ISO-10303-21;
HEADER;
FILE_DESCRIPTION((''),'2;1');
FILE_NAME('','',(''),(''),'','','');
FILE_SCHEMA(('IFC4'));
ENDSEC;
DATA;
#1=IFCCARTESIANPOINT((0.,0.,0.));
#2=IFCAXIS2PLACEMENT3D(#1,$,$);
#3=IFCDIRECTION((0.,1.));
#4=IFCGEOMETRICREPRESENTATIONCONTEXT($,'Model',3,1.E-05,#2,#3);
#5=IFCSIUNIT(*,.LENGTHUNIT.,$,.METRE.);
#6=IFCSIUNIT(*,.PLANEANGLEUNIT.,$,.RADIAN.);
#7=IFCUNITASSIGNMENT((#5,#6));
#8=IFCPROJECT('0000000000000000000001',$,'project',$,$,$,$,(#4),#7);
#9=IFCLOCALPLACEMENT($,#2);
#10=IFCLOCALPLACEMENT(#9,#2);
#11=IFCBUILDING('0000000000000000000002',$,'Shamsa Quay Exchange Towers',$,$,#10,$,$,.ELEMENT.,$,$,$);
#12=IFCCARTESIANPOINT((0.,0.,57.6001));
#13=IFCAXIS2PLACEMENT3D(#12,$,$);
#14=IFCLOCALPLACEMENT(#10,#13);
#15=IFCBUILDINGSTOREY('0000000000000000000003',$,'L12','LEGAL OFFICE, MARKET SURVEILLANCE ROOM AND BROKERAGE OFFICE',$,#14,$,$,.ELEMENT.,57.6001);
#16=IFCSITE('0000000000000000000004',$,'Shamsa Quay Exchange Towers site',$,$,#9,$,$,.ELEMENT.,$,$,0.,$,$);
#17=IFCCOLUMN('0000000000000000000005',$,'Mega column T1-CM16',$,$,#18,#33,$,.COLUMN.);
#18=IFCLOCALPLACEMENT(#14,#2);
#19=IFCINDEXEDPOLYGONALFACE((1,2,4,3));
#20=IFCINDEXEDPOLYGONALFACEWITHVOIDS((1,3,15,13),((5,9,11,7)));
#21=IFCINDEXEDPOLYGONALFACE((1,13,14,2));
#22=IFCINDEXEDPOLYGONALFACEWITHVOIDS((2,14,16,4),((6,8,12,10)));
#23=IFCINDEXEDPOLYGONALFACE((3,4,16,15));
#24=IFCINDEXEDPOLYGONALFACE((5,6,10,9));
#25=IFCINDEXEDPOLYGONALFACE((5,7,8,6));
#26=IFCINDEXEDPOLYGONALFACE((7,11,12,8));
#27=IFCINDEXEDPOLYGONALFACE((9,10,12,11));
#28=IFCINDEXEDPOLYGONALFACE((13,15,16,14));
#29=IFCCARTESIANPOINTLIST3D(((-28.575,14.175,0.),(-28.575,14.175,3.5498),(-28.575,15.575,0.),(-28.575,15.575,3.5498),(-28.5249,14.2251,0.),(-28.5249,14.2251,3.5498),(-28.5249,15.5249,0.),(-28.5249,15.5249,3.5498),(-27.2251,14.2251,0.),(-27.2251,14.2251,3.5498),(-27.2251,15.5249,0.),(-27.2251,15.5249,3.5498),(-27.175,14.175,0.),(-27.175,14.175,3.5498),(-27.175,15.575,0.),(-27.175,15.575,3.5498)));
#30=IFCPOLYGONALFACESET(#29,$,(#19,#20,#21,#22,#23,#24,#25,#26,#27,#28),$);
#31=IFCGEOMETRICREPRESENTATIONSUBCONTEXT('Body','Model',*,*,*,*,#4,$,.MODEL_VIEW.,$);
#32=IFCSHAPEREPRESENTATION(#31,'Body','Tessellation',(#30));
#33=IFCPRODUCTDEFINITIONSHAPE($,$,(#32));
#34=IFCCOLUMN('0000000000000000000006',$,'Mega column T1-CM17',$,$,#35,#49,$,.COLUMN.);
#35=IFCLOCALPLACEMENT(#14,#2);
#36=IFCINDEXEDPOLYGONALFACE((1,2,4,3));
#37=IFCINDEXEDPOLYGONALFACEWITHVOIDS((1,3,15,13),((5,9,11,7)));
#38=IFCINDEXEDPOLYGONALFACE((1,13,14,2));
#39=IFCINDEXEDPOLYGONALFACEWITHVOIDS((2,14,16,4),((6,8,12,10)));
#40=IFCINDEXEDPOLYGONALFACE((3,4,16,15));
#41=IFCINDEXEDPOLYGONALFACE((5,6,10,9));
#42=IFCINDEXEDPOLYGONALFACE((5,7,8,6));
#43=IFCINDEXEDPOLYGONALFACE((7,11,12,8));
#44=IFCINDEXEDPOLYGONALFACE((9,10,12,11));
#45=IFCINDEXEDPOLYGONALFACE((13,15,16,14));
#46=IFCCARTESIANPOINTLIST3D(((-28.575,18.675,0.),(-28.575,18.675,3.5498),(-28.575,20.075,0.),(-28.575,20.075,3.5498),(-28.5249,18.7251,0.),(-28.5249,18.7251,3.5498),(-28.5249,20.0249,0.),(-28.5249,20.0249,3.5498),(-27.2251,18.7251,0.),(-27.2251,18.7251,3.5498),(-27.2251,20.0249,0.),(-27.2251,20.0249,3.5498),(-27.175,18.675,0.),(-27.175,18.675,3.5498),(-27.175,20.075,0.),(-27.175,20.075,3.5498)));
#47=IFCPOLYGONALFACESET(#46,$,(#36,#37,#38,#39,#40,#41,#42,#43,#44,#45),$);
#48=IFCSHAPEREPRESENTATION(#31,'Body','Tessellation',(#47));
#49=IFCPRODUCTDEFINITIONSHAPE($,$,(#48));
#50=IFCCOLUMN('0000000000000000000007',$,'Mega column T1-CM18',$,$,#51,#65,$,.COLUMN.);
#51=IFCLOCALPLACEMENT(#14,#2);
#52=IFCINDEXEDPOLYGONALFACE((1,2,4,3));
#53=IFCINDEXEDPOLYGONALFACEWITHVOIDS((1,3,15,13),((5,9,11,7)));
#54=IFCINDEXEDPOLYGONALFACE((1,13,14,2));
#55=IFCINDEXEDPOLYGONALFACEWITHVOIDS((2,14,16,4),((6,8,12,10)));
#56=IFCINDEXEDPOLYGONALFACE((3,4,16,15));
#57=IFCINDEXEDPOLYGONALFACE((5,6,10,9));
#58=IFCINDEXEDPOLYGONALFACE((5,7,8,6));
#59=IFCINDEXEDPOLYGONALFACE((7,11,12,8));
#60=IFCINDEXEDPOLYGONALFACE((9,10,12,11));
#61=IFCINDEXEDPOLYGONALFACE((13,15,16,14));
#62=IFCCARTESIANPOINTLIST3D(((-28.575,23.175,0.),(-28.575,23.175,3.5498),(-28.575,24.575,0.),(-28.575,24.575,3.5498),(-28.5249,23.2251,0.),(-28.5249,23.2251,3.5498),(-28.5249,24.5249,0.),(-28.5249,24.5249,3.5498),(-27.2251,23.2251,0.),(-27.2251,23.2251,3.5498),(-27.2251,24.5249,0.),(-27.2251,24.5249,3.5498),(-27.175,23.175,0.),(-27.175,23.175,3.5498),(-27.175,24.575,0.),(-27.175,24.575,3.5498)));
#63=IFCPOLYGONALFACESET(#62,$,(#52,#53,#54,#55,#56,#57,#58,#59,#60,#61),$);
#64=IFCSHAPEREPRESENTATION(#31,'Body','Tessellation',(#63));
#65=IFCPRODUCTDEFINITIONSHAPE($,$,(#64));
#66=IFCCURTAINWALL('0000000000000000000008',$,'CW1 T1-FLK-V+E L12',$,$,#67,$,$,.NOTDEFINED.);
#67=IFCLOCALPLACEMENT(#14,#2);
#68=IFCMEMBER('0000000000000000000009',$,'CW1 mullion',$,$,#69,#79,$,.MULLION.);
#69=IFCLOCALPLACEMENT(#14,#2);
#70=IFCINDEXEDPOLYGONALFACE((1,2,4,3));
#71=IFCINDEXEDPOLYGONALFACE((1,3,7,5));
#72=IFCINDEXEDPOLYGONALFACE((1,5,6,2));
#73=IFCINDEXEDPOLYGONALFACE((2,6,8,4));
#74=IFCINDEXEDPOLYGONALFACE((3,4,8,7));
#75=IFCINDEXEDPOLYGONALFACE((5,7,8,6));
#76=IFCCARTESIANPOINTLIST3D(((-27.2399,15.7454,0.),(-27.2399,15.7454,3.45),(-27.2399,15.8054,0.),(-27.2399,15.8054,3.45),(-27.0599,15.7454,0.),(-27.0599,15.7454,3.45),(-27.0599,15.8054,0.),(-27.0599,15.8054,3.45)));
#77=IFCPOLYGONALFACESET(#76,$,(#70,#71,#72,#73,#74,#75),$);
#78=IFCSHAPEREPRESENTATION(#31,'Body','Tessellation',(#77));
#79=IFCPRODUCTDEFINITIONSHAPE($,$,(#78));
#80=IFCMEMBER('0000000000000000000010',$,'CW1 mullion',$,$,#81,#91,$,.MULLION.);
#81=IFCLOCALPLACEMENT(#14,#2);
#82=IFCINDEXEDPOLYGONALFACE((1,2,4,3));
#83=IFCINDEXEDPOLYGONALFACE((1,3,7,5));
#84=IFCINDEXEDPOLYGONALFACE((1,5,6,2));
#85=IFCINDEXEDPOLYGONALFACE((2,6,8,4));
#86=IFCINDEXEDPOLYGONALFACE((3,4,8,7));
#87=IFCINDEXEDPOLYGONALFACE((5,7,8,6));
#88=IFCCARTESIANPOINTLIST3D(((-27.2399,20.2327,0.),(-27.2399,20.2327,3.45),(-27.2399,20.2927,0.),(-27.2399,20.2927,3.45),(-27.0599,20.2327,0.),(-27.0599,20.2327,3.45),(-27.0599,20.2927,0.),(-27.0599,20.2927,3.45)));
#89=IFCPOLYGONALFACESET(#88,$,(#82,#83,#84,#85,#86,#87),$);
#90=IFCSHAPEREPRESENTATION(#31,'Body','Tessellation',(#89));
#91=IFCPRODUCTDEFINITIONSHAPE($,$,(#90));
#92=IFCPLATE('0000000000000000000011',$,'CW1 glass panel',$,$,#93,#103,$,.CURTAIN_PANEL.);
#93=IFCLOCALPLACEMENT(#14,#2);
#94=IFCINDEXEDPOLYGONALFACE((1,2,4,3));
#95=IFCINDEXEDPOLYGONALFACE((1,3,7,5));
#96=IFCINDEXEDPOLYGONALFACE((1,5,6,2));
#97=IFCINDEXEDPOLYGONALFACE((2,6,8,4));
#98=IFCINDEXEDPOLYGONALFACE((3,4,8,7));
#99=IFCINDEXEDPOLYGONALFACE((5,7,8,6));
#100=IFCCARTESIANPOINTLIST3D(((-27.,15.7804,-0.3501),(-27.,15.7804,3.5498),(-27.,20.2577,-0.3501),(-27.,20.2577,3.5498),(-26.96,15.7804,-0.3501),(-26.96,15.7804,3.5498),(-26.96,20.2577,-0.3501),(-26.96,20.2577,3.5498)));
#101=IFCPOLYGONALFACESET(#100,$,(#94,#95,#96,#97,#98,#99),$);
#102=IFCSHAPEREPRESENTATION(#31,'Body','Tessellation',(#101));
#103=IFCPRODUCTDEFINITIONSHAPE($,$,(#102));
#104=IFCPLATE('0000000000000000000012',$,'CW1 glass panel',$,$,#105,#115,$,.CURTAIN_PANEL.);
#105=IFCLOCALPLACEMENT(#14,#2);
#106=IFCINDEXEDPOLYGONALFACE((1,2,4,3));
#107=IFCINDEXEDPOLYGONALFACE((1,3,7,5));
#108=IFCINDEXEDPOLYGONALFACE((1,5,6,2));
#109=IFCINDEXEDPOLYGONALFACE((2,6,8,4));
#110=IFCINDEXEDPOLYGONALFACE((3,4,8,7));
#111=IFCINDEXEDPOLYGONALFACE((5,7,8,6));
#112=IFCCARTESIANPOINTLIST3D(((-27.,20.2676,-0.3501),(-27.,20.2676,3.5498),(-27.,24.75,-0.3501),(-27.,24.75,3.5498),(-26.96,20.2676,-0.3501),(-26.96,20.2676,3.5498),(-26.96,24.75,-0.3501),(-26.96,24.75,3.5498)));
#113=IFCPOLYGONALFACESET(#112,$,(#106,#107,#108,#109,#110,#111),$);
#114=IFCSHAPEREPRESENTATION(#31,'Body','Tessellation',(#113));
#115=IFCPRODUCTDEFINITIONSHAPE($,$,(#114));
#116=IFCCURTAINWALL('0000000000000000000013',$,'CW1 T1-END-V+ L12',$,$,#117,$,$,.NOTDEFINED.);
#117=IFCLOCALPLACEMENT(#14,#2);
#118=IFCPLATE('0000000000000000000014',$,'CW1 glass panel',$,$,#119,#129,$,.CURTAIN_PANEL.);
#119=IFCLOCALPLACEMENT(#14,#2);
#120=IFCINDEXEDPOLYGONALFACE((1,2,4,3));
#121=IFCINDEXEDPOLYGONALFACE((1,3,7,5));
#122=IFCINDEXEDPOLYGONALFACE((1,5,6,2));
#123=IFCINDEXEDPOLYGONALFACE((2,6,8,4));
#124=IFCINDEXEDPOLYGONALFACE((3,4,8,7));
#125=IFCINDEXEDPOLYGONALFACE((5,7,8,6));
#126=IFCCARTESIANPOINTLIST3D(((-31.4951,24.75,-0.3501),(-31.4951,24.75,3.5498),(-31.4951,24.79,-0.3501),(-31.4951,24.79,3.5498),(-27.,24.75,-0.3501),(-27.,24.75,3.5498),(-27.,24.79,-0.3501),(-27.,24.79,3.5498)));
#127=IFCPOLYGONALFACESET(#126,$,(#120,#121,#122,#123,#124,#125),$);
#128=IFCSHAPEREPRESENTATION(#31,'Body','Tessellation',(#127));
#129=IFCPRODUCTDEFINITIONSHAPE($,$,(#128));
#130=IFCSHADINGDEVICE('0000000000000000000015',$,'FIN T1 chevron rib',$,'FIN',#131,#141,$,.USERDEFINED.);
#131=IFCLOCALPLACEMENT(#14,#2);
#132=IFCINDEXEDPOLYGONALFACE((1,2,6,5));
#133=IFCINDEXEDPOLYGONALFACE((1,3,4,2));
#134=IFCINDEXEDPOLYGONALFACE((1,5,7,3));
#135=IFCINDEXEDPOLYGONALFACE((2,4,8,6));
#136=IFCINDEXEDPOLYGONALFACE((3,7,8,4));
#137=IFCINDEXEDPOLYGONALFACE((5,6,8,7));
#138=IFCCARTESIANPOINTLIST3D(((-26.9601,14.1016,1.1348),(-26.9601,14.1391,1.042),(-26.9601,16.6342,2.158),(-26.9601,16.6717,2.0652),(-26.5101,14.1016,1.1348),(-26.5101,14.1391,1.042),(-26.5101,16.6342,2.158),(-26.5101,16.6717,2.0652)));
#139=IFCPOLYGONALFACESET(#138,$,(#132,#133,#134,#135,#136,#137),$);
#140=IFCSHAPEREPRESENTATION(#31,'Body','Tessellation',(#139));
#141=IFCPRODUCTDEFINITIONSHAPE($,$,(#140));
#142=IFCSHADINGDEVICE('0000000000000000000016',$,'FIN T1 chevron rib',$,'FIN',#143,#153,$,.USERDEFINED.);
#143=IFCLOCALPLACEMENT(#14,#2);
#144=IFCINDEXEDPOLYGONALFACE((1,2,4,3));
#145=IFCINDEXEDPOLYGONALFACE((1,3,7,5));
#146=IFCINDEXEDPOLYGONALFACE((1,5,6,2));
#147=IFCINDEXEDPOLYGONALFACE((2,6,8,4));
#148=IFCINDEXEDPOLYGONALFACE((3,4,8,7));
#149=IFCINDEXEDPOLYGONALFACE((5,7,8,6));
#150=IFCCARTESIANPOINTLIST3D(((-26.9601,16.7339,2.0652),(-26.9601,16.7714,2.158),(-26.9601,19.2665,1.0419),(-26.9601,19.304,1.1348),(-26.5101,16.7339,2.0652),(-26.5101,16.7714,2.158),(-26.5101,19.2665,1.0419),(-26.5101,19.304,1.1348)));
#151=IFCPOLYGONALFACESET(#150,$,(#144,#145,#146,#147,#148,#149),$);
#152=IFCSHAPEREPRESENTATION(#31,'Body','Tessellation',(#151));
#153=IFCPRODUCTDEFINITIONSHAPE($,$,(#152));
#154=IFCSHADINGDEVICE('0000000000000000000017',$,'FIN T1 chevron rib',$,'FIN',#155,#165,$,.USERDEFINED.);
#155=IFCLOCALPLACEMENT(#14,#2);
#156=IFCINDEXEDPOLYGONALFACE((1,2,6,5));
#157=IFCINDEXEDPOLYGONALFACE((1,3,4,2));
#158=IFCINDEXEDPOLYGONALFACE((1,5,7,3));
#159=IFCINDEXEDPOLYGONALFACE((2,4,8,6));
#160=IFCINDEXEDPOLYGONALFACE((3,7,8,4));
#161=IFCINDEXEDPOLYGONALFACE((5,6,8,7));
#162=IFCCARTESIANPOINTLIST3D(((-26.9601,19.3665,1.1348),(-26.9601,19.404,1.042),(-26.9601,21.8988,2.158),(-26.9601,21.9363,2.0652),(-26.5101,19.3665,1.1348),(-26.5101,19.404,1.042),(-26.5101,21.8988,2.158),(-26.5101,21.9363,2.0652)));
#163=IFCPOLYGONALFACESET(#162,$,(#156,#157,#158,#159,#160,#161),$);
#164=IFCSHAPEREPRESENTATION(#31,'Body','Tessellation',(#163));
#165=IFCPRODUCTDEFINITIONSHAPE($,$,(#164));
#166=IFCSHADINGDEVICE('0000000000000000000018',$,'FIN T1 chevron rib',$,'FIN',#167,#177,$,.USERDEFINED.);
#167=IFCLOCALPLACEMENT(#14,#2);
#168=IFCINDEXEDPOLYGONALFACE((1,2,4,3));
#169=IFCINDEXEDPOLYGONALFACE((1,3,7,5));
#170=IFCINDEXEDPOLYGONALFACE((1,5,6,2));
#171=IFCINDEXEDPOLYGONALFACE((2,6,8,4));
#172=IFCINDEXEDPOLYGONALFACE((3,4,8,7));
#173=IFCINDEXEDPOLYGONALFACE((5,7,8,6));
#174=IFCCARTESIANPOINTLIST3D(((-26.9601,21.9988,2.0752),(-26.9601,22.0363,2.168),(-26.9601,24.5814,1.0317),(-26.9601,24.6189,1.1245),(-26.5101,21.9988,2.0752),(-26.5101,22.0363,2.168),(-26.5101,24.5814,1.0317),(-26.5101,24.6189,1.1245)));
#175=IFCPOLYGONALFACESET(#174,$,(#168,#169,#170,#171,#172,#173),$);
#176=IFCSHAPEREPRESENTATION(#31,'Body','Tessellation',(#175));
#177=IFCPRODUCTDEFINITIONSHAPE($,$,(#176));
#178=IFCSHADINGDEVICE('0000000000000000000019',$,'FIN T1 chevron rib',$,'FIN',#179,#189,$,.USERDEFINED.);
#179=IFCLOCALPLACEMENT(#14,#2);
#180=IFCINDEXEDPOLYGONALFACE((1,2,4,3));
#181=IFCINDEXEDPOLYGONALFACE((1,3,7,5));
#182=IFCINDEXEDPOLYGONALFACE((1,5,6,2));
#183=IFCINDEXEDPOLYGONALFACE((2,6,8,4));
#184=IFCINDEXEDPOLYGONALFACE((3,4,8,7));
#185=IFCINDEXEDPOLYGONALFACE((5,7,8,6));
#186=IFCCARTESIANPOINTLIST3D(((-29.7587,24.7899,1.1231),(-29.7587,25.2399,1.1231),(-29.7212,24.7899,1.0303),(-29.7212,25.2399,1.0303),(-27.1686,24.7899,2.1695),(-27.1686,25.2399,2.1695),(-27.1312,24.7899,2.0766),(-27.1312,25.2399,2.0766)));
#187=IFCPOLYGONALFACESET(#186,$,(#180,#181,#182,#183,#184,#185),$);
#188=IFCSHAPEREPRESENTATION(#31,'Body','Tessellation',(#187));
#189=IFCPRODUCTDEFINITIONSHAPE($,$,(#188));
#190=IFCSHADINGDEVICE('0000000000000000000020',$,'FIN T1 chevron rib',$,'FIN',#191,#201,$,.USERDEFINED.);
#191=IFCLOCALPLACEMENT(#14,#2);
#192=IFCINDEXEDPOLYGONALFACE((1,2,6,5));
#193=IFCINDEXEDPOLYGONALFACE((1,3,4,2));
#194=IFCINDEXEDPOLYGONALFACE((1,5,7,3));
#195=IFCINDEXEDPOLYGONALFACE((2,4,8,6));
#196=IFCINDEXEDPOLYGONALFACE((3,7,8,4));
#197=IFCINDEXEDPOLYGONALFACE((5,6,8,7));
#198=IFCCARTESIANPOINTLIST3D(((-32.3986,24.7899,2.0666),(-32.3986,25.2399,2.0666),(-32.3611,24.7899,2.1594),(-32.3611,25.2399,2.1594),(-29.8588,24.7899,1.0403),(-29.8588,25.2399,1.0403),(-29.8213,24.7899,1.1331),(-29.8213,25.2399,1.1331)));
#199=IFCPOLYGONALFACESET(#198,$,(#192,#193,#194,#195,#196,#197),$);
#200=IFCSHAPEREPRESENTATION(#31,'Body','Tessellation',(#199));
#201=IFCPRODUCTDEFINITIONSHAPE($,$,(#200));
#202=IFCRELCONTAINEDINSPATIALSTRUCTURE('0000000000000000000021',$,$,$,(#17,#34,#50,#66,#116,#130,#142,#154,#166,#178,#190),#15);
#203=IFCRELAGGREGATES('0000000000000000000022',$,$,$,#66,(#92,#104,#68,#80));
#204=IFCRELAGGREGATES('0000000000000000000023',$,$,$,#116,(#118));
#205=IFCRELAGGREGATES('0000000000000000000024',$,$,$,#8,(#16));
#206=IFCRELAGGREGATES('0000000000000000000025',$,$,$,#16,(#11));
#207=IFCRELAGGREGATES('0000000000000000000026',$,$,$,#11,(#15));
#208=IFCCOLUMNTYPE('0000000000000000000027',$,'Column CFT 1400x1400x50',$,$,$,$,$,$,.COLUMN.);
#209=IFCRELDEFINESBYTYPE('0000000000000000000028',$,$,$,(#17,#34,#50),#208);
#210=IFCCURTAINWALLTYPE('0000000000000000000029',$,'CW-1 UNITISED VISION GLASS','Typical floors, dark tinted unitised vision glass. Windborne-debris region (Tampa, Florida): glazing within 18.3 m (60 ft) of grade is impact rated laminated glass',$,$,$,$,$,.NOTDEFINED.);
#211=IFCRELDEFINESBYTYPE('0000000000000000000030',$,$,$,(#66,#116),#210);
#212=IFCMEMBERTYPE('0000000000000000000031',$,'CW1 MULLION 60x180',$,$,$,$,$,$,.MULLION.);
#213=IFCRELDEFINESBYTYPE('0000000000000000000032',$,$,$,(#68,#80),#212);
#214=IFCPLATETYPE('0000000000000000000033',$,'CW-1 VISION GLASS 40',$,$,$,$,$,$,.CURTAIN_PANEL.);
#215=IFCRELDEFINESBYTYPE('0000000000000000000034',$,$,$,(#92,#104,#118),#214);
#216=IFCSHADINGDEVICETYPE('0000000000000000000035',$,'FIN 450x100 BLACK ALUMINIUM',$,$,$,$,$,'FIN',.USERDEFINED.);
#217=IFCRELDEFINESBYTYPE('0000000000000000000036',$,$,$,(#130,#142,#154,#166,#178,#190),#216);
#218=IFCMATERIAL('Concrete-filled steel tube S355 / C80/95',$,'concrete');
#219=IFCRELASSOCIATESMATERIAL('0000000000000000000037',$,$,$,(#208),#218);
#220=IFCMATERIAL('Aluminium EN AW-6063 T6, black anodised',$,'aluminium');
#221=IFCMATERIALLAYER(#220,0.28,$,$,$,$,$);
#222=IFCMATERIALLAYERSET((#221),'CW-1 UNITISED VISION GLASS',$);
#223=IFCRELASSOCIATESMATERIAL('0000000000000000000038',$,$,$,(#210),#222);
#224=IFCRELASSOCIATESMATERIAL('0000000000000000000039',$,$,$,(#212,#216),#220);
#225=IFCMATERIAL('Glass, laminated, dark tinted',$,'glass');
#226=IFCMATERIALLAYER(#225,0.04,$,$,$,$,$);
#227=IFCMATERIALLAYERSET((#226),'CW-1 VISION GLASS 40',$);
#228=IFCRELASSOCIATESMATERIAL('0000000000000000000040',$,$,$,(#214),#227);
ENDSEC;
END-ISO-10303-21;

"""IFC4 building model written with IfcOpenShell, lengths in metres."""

from ifc_helpers import new_model, si_unit, direction, frame, origin, origin_2d, place, context, subcontext, project, spatial, rectangle, hollow_rectangle, extrude, material, layer, layer_set, material_profile, profile_set, type_object, element, aggregate, save


model = new_model("IFC4")

# Units and contexts
model_context = context("Model", 3, precision=1e-05, world=origin(), true_north=direction((0.0, 1.0)))
body_context = subcontext(model_context, "Body", "Model", "MODEL_VIEW")
ifc_project = project(units=[si_unit("LENGTHUNIT", "METRE"), si_unit("PLANEANGLEUNIT", "RADIAN")], contexts=[model_context])

# Site, building, storey
site_placement = place(None, origin())
site = spatial("IfcSite", under=ifc_project, at=site_placement, Name="Shamsa Quay Exchange Towers site", CompositionType="ELEMENT", RefElevation=0.0)
building_placement = place(site_placement, origin())
building = spatial("IfcBuilding", under=site, at=building_placement, Name="Shamsa Quay Exchange Towers", CompositionType="ELEMENT")
storey_placement = place(building_placement, frame((0.0, 0.0, 57.6001)))
storey = spatial("IfcBuildingStorey", under=building, at=storey_placement, Name="L12", Description="LEGAL OFFICE, MARKET SURVEILLANCE ROOM AND BROKERAGE OFFICE", CompositionType="ELEMENT", Elevation=57.6001)

# Columns
ifc_material_1 = material(Name="Concrete-filled steel tube S355 / C80/95", Category="concrete")
ifc_material_profile_1 = material_profile(ifc_material_1, hollow_rectangle(XDim=1.3999, YDim=1.3999, WallThickness=0.05, at=origin_2d()), Name="CFT 1400x1400x50")
ifc_profile_set_1 = profile_set([ifc_material_profile_1], Name="Concrete-filled steel tube S355 / C80/95")
column_type = type_object("IfcColumnType", Name="Column CFT 1400x1400x50", PredefinedType="COLUMN", material=ifc_profile_set_1)
for number, where, name in (
    (1, (-27.875, 14.875, 0.0), "Mega column T1-CM16"),
    (2, (-27.875, 19.375, 0.0), "Mega column T1-CM17"),
    (3, (-27.875, 23.875, 0.0), "Mega column T1-CM18"),
):
    element("IfcColumn", number, at=place(storey_placement, frame(where)), inside=storey, type_object=column_type, Name=name, PredefinedType="COLUMN", context=body_context, shape_type="SweptSolid", body=[
        extrude(hollow_rectangle(XDim=1.3999, YDim=1.3999, WallThickness=0.05, at=origin_2d()), origin(), (0.0, 0.0, 1.0), 3.5498),
    ])

# Curtain wall, members, plates
ifc_material_2 = material(Name="Aluminium EN AW-6063 T6, black anodised", Category="aluminium")
ifc_layer_1 = layer(ifc_material_2, 0.28)
ifc_layer_set_1 = layer_set([ifc_layer_1], Name="CW-1 UNITISED VISION GLASS")
curtain_wall_type = type_object("IfcCurtainWallType", Name="CW-1 UNITISED VISION GLASS", Description="Typical floors, dark tinted unitised vision glass. Windborne-debris region (Tampa, Florida): glazing within 18.3 m (60 ft) of grade is impact rated laminated glass", PredefinedType="NOTDEFINED", material=ifc_layer_set_1)
curtain_wall_1_placement = place(storey_placement, origin())
curtain_wall_1 = element("IfcCurtainWall", 4, at=curtain_wall_1_placement, inside=storey, type_object=curtain_wall_type, Name="CW1 T1-FLK-V+E L12", PredefinedType="NOTDEFINED")
ifc_material_profile_2 = material_profile(ifc_material_2, rectangle(XDim=0.1799, YDim=0.0601, at=origin_2d()), Name="MU60x180")
ifc_profile_set_2 = profile_set([ifc_material_profile_2], Name="Aluminium EN AW-6063 T6, black anodised")
member_type = type_object("IfcMemberType", Name="CW1 MULLION 60x180", PredefinedType="MULLION", material=ifc_profile_set_2)
member_1_placement = place(storey_placement, frame((-27.1499, 15.7754, 0.0), z_axis=(0.0, 0.0, 1.0), x_axis=(-1.0, 0.0, 0.0)))
member_1 = element("IfcMember", 5, at=member_1_placement, type_object=member_type, Name="CW1 mullion", PredefinedType="MULLION", context=body_context, shape_type="SweptSolid", body=[
    extrude(rectangle(XDim=0.1799, YDim=0.0601, at=origin_2d()), origin(), (0.0, 0.0, 1.0), 3.45),
])
member_2_placement = place(storey_placement, frame((-27.1499, 20.2627, 0.0), z_axis=(0.0, 0.0, 1.0), x_axis=(-1.0, 0.0, 0.0)))
member_2 = element("IfcMember", 6, at=member_2_placement, type_object=member_type, Name="CW1 mullion", PredefinedType="MULLION", context=body_context, shape_type="SweptSolid", body=[
    extrude(rectangle(XDim=0.1799, YDim=0.0601, at=origin_2d()), origin(), (0.0, 0.0, 1.0), 3.45),
])
ifc_material_3 = material(Name="Glass, laminated, dark tinted", Category="glass")
ifc_layer_2 = layer(ifc_material_3, 0.04)
ifc_layer_set_2 = layer_set([ifc_layer_2], Name="CW-1 VISION GLASS 40")
plate_type = type_object("IfcPlateType", Name="CW-1 VISION GLASS 40", PredefinedType="CURTAIN_PANEL", material=ifc_layer_set_2)
plate_1_placement = place(storey_placement, frame((-26.98, 18.019, -0.3501), z_axis=(0.0, 0.0, 1.0), x_axis=(0.0, 1.0, 0.0)))
plate_1 = element("IfcPlate", 7, at=plate_1_placement, type_object=plate_type, Name="CW1 glass panel", PredefinedType="CURTAIN_PANEL", context=body_context, shape_type="SweptSolid", body=[
    extrude(rectangle(XDim=4.4773, YDim=0.04, at=origin_2d()), origin(), (0.0, 0.0, 1.0), 3.8999),
])
plate_2_placement = place(storey_placement, frame((-26.98, 22.5088, -0.3501), z_axis=(0.0, 0.0, 1.0), x_axis=(0.0, 1.0, 0.0)))
plate_2 = element("IfcPlate", 8, at=plate_2_placement, type_object=plate_type, Name="CW1 glass panel", PredefinedType="CURTAIN_PANEL", context=body_context, shape_type="SweptSolid", body=[
    extrude(rectangle(XDim=4.4824, YDim=0.04, at=origin_2d()), origin(), (0.0, 0.0, 1.0), 3.8999),
])
aggregate(curtain_wall_1, [plate_1, plate_2, member_1, member_2])

# Curtain wall, plate
curtain_wall_2_placement = place(storey_placement, origin())
curtain_wall_2 = element("IfcCurtainWall", 9, at=curtain_wall_2_placement, inside=storey, type_object=curtain_wall_type, Name="CW1 T1-END-V+ L12", PredefinedType="NOTDEFINED")
plate_3_placement = place(storey_placement, frame((-29.2476, 24.77, -0.3501), z_axis=(0.0, 0.0, 1.0), x_axis=(-1.0, 0.0, 0.0)))
plate_3 = element("IfcPlate", 10, at=plate_3_placement, type_object=plate_type, Name="CW1 glass panel", PredefinedType="CURTAIN_PANEL", context=body_context, shape_type="SweptSolid", body=[
    extrude(rectangle(XDim=4.4951, YDim=0.04, at=origin_2d()), origin(), (0.0, 0.0, 1.0), 3.8999),
])
aggregate(curtain_wall_2, [plate_3])

# Shading devices
ifc_material_profile_3 = material_profile(ifc_material_2, rectangle(XDim=0.45, YDim=0.1001, at=origin_2d()), Name="FIN450x100")
ifc_profile_set_3 = profile_set([ifc_material_profile_3], Name="Aluminium EN AW-6063 T6, black anodised")
shading_device_type = type_object("IfcShadingDeviceType", Name="FIN 450x100 BLACK ALUMINIUM", ElementType="FIN", PredefinedType="USERDEFINED", material=ifc_profile_set_3)
for number, where, z_axis, x_axis, name in (
    (11, (-26.7351, 14.1204, 1.0884), (0.0, 0.927183, 0.374609), (-1.0, 0.0, 0.0), "FIN T1 chevron rib"),
    (12, (-26.7351, 16.7527, 2.1116), (0.0, 0.927183, -0.374609), (-1.0, 0.0, 0.0), "FIN T1 chevron rib"),
):
    element("IfcShadingDevice", number, at=place(storey_placement, frame(where, z_axis=z_axis, x_axis=x_axis)), inside=storey, type_object=shading_device_type, Name=name, ObjectType="FIN", PredefinedType="USERDEFINED", context=body_context, shape_type="SweptSolid", body=[
        extrude(rectangle(XDim=0.45, YDim=0.1001, at=origin_2d()), origin(), (0.0, 0.0, 1.0), 2.7314),
    ])
shading_device_1_placement = place(storey_placement, frame((-26.7351, 19.3853, 1.0884), z_axis=(0.0, 0.92717, 0.37464), x_axis=(-1.0, 0.0, 0.0)))
element("IfcShadingDevice", 13, at=shading_device_1_placement, inside=storey, type_object=shading_device_type, Name="FIN T1 chevron rib", ObjectType="FIN", PredefinedType="USERDEFINED", context=body_context, shape_type="SweptSolid", body=[
    extrude(rectangle(XDim=0.45, YDim=0.1001, at=origin_2d()), origin(), (0.0, 0.0, 1.0), 2.7312),
])
shading_device_2_placement = place(storey_placement, frame((-26.7351, 22.0176, 2.1216), z_axis=(0.0, 0.927177, -0.374622), x_axis=(-1.0, 0.0, 0.0)))
element("IfcShadingDevice", 14, at=shading_device_2_placement, inside=storey, type_object=shading_device_type, Name="FIN T1 chevron rib", ObjectType="FIN", PredefinedType="USERDEFINED", context=body_context, shape_type="SweptSolid", body=[
    extrude(rectangle(XDim=0.45, YDim=0.1001, at=origin_2d()), origin(), (0.0, 0.0, 1.0), 2.7854),
])
shading_device_3_placement = place(storey_placement, frame((-27.1499, 25.0149, 2.123), z_axis=(-0.927193, 0.0, -0.374583), x_axis=(0.0, -1.0, 0.0)))
element("IfcShadingDevice", 15, at=shading_device_3_placement, inside=storey, type_object=shading_device_type, Name="FIN T1 chevron rib", ObjectType="FIN", PredefinedType="USERDEFINED", context=body_context, shape_type="SweptSolid", body=[
    extrude(rectangle(XDim=0.45, YDim=0.1001, at=origin_2d()), origin(), (0.0, 0.0, 1.0), 2.7935),
])
shading_device_4_placement = place(storey_placement, frame((-29.8401, 25.0149, 1.0867), z_axis=(-0.927156, 0.0, 0.374677), x_axis=(0.0, -1.0, 0.0)))
element("IfcShadingDevice", 16, at=shading_device_4_placement, inside=storey, type_object=shading_device_type, Name="FIN T1 chevron rib", ObjectType="FIN", PredefinedType="USERDEFINED", context=body_context, shape_type="SweptSolid", body=[
    extrude(rectangle(XDim=0.45, YDim=0.1001, at=origin_2d()), origin(), (0.0, 0.0, 1.0), 2.7393),
])

save(model, "model.ifc")
